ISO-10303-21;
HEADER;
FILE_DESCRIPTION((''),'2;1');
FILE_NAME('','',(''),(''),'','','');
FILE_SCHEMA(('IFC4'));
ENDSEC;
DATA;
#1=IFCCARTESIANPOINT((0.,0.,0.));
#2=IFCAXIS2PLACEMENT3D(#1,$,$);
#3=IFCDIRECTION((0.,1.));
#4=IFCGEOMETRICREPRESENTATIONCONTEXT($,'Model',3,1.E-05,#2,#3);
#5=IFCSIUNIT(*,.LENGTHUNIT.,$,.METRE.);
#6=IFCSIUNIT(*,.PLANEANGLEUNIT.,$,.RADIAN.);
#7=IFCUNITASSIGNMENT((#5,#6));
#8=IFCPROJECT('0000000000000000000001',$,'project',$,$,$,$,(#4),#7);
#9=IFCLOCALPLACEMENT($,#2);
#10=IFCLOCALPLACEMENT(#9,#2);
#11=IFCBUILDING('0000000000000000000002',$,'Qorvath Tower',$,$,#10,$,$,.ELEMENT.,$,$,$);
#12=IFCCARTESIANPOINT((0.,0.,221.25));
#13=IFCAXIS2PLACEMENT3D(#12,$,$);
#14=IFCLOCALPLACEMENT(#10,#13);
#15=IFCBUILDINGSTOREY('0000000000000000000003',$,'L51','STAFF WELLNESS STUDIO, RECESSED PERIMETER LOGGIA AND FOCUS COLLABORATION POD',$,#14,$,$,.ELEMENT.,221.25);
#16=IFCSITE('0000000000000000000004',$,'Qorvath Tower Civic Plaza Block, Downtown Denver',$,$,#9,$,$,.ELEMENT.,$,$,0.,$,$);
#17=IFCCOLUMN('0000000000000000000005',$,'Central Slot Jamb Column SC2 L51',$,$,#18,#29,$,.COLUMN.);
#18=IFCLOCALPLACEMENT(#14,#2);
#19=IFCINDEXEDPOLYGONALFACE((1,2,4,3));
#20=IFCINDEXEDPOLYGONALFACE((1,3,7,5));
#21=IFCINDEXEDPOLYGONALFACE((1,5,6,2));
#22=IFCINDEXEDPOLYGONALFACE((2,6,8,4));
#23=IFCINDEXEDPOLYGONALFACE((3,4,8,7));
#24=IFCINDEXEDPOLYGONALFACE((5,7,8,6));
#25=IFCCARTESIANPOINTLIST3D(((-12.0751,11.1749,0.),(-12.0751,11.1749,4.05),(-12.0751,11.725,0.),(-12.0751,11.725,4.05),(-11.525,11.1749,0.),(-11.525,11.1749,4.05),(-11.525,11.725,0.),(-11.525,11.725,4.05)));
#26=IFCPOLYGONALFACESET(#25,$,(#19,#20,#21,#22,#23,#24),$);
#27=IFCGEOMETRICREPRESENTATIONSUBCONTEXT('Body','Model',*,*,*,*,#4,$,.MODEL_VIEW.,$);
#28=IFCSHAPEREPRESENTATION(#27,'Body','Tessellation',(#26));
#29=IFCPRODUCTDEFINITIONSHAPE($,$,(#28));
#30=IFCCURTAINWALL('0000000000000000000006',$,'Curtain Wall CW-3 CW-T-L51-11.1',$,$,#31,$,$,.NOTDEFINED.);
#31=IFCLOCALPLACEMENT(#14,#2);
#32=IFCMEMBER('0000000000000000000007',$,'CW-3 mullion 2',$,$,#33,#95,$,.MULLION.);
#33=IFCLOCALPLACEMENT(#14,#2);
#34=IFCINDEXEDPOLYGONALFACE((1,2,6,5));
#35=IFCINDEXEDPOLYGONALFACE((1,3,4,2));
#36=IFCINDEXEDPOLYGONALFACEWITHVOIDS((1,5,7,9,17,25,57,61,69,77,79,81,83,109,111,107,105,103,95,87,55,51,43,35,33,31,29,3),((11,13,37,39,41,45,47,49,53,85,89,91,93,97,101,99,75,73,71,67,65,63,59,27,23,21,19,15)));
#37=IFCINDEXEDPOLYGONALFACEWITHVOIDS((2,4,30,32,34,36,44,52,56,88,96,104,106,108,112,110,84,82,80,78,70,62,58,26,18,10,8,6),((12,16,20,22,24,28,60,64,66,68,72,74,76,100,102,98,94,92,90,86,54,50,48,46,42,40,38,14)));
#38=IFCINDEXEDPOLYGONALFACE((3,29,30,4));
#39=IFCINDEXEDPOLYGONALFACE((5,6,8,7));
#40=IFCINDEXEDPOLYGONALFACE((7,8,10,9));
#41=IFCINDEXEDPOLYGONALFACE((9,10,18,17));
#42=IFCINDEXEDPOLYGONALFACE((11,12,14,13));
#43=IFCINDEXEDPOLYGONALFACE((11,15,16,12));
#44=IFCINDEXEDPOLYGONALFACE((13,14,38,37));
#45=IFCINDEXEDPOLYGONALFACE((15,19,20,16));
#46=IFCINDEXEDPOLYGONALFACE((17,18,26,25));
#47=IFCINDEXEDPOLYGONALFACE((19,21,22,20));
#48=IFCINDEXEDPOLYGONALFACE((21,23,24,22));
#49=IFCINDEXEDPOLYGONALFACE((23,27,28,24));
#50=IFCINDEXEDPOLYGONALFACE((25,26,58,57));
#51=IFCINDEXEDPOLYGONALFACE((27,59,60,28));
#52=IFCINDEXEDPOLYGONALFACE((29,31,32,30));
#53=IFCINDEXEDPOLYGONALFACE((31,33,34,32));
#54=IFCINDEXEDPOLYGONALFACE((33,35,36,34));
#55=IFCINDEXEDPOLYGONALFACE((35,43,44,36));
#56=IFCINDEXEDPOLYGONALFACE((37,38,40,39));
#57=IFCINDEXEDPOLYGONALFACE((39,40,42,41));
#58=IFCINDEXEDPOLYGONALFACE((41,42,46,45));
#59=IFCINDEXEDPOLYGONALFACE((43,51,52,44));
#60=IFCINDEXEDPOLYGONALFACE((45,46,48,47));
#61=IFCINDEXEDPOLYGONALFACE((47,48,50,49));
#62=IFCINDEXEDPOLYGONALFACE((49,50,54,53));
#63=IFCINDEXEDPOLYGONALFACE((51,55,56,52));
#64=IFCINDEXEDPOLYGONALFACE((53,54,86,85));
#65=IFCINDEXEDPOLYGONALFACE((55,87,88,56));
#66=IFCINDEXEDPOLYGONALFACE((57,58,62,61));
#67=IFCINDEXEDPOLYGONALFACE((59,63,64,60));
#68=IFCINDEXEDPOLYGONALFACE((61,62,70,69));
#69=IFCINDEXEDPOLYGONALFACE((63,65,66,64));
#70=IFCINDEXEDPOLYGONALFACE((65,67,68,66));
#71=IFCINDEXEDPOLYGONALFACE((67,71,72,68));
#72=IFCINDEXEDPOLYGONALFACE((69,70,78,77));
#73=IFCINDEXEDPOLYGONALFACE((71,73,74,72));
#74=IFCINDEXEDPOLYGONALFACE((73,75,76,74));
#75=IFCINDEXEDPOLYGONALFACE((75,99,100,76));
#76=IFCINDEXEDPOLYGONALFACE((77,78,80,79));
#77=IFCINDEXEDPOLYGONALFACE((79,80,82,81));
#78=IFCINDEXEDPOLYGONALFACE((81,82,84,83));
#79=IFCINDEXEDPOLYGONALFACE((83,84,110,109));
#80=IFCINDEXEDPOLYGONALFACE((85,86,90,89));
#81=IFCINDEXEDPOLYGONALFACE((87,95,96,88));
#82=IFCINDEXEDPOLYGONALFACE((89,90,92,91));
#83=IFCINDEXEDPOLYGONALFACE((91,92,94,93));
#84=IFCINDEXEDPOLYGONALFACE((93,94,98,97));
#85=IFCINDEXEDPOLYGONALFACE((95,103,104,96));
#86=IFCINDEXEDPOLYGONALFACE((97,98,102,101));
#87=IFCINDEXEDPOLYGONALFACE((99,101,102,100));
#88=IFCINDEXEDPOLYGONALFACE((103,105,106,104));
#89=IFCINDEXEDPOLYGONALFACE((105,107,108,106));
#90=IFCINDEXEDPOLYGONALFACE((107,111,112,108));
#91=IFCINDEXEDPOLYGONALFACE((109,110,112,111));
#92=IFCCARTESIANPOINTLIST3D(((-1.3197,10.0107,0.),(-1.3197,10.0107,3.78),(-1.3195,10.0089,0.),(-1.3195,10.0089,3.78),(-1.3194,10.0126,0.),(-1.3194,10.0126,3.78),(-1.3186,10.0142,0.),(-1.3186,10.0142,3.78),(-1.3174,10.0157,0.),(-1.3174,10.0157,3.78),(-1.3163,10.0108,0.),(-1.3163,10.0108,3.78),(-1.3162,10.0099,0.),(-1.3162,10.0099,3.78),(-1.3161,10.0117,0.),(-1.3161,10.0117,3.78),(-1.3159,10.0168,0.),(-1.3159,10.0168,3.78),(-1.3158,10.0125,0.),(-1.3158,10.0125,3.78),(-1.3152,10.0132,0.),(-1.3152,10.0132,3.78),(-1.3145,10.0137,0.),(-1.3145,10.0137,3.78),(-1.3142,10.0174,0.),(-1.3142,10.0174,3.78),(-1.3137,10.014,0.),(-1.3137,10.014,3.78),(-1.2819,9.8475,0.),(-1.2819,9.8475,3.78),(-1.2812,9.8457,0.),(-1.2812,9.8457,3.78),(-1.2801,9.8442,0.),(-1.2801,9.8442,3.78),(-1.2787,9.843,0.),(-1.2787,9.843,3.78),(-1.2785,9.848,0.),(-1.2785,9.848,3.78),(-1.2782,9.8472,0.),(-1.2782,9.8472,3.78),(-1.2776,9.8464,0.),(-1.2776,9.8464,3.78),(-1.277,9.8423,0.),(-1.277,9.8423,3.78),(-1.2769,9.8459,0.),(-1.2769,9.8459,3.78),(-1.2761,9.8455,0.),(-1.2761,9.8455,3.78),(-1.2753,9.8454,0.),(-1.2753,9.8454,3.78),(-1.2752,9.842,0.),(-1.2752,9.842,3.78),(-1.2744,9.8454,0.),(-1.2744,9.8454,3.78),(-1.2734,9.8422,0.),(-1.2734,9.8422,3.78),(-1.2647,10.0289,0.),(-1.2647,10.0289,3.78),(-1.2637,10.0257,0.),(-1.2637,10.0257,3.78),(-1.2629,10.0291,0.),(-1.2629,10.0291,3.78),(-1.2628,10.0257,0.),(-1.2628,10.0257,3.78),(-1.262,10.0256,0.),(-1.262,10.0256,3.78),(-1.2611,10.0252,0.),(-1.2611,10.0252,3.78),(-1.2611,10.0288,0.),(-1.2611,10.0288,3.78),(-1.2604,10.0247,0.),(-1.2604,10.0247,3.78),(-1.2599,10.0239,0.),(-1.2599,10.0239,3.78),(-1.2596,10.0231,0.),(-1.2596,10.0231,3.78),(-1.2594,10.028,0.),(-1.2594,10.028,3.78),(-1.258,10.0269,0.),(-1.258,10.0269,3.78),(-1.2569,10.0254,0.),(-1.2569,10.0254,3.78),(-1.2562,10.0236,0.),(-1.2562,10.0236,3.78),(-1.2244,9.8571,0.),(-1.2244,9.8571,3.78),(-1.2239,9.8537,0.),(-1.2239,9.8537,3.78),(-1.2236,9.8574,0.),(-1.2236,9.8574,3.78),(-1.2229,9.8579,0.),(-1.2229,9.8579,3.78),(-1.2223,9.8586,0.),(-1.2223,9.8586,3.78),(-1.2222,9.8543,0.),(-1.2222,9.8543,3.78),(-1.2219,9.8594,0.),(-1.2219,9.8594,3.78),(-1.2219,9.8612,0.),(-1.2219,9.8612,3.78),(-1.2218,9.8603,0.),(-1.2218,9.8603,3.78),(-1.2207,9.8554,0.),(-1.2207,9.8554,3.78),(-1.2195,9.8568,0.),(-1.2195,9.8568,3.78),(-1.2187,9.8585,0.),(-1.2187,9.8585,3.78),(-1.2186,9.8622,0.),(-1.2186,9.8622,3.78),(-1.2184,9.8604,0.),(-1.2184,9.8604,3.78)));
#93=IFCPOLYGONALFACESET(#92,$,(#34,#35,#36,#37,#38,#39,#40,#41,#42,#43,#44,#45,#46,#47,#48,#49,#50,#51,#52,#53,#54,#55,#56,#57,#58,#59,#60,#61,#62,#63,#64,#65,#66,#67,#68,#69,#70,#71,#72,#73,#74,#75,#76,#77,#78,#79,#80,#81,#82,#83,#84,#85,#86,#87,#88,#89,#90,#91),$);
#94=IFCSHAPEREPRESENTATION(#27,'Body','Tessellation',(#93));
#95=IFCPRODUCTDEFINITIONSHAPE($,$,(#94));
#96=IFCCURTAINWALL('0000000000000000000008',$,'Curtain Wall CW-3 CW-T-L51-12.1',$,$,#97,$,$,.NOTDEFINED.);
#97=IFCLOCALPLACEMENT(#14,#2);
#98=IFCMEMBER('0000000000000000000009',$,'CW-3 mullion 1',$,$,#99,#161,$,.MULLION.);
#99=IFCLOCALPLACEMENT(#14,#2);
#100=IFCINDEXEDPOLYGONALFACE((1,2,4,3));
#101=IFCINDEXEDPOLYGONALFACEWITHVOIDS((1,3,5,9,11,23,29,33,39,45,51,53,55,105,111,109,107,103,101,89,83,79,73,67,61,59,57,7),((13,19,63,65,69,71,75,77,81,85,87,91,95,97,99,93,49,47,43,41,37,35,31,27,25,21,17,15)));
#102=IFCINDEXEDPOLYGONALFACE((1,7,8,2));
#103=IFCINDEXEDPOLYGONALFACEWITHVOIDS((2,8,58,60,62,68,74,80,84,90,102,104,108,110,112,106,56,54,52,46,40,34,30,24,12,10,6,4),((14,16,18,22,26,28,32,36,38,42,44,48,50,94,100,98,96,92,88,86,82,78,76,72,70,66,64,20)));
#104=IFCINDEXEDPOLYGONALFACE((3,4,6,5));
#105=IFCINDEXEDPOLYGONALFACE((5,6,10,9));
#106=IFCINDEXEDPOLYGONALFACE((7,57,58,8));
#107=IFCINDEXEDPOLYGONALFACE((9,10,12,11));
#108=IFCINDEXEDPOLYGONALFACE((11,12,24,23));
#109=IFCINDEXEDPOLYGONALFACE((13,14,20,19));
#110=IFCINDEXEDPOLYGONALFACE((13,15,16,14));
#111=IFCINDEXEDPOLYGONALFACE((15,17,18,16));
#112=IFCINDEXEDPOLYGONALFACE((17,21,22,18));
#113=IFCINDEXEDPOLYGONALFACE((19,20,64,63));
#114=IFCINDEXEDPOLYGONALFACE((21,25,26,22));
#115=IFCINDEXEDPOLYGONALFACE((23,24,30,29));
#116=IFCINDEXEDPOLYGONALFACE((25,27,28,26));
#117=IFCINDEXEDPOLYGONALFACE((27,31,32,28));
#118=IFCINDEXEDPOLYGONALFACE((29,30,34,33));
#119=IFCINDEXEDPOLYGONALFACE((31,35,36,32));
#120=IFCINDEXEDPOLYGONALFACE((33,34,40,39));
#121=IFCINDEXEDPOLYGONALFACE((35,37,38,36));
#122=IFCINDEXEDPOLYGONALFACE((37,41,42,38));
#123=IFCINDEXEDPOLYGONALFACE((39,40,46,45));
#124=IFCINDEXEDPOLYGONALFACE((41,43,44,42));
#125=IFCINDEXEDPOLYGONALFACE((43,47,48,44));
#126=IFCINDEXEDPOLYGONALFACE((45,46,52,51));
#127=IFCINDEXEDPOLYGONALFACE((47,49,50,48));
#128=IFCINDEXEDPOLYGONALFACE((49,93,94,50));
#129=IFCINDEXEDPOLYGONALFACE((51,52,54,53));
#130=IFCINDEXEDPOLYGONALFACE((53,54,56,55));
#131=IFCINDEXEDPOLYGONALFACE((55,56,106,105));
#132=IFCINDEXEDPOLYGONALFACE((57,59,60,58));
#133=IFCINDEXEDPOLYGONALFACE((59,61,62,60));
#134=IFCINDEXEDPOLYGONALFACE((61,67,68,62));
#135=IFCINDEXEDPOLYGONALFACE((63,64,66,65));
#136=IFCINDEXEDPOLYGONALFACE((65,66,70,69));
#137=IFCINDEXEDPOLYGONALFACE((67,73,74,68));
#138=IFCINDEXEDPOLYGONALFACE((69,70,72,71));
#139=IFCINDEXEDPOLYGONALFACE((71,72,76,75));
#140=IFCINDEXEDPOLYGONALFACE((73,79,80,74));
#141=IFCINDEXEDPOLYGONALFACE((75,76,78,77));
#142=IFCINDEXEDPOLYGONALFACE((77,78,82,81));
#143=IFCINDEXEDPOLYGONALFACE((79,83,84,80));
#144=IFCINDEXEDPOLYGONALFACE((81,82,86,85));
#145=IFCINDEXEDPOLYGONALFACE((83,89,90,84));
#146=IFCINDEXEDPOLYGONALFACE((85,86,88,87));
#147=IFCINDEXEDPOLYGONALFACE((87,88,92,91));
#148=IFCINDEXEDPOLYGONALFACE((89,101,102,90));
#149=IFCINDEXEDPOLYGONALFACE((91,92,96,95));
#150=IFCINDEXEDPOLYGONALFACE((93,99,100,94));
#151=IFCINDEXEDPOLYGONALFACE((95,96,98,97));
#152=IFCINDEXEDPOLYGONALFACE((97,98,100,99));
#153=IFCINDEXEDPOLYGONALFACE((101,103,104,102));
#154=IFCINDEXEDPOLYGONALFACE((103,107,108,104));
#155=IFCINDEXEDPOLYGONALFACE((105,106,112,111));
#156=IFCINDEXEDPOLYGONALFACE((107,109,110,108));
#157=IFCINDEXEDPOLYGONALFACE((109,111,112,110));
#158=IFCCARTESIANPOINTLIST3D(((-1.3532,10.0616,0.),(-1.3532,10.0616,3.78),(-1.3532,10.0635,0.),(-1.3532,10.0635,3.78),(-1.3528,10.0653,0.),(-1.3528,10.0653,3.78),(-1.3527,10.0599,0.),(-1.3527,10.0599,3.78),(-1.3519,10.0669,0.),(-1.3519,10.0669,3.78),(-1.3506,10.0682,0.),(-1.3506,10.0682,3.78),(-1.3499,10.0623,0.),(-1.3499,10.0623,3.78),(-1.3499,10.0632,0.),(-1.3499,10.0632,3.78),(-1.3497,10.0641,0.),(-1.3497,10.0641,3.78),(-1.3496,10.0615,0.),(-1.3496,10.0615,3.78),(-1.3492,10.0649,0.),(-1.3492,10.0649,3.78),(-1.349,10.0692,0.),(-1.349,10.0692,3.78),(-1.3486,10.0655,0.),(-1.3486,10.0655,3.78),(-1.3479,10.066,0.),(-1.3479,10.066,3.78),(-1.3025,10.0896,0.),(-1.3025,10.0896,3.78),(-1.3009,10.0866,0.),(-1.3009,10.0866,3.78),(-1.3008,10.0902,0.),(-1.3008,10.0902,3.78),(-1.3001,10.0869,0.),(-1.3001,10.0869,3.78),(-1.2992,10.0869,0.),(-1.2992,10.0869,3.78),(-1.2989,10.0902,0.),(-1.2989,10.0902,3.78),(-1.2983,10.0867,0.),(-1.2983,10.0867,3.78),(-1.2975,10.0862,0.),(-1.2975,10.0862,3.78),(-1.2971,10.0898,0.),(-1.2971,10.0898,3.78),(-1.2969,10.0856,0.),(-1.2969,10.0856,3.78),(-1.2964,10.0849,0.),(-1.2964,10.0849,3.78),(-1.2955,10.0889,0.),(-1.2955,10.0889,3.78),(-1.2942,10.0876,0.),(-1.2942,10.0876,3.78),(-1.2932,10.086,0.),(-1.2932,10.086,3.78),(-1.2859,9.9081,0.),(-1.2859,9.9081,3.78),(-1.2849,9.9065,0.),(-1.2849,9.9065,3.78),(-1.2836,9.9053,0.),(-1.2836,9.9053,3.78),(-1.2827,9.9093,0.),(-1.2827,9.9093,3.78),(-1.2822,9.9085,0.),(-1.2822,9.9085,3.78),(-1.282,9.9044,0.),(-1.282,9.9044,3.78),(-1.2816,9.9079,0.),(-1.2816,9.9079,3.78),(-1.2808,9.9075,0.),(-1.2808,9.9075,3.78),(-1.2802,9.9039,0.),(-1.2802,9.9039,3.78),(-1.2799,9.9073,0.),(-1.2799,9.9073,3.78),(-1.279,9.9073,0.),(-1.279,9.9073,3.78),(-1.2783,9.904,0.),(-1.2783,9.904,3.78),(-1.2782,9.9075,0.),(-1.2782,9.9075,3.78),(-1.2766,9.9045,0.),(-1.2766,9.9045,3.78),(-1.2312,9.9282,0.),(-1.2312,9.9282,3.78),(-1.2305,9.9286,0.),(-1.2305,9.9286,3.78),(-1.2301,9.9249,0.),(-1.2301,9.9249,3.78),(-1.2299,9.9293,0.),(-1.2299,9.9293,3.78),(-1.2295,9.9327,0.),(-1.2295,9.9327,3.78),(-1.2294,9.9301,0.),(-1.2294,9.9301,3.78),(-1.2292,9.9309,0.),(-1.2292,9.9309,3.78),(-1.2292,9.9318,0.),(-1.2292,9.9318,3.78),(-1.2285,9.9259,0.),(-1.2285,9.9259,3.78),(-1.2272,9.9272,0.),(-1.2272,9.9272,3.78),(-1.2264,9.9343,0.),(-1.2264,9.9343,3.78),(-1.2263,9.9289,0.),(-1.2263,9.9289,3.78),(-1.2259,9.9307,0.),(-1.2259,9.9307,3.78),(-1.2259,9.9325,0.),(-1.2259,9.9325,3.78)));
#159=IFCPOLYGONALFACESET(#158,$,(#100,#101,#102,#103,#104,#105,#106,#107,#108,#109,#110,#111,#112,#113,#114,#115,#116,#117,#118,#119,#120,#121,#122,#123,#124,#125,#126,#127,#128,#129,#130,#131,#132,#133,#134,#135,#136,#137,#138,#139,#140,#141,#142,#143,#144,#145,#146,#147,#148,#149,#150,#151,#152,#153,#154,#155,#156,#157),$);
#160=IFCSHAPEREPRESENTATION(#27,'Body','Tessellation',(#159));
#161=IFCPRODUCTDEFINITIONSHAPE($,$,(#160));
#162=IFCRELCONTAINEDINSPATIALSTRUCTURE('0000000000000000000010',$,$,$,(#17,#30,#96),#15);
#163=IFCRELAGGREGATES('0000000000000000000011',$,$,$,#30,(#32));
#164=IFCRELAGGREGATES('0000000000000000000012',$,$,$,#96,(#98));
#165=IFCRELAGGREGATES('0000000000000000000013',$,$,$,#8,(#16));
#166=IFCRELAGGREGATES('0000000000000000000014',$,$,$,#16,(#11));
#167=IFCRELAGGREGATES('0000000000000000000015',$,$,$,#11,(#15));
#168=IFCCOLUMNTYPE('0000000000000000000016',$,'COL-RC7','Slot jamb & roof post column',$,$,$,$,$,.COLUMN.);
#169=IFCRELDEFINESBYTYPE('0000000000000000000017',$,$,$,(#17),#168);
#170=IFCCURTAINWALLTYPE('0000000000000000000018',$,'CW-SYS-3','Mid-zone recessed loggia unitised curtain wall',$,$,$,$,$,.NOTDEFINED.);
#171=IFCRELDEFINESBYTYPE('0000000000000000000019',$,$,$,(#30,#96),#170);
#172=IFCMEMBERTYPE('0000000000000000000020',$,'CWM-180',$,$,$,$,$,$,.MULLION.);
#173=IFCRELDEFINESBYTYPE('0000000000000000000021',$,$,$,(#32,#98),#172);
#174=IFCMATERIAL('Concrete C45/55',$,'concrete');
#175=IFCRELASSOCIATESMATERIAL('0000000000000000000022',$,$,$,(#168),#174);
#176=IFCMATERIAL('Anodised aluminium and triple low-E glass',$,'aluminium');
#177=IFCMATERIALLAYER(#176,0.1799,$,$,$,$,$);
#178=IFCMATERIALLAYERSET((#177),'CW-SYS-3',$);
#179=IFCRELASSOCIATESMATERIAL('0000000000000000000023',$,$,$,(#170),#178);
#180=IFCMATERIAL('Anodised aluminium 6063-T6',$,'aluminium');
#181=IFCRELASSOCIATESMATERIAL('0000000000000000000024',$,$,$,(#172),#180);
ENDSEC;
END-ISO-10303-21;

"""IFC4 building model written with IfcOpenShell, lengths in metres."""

from ifc_helpers import new_model, si_unit, direction, frame, origin, origin_2d, place, context, subcontext, project, spatial, rectangle, hollow_rectangle, extrude, material, layer, layer_set, material_profile, profile_set, type_object, element, aggregate, save


model = new_model("IFC4")

# Units and contexts
model_context = context("Model", 3, precision=1e-05, world=origin(), true_north=direction((0.0, 1.0)))
body_context = subcontext(model_context, "Body", "Model", "MODEL_VIEW")
ifc_project = project(units=[si_unit("LENGTHUNIT", "METRE"), si_unit("PLANEANGLEUNIT", "RADIAN")], contexts=[model_context])

# Site, building, storey
site_placement = place(None, origin())
site = spatial("IfcSite", under=ifc_project, at=site_placement, Name="Qorvath Tower Civic Plaza Block, Downtown Denver", CompositionType="ELEMENT", RefElevation=0.0)
building_placement = place(site_placement, origin())
building = spatial("IfcBuilding", under=site, at=building_placement, Name="Qorvath Tower", CompositionType="ELEMENT")
storey_placement = place(building_placement, frame((0.0, 0.0, 221.25)))
storey = spatial("IfcBuildingStorey", under=building, at=storey_placement, Name="L51", Description="STAFF WELLNESS STUDIO, RECESSED PERIMETER LOGGIA AND FOCUS COLLABORATION POD", CompositionType="ELEMENT", Elevation=221.25)

# Column
ifc_material_1 = material(Name="Concrete C45/55", Category="concrete")
ifc_material_profile_1 = material_profile(ifc_material_1, rectangle(XDim=0.55, YDim=0.55, at=origin_2d()), Name="RC 550x550")
ifc_profile_set_1 = profile_set([ifc_material_profile_1], Name="Concrete C45/55")
column_type = type_object("IfcColumnType", Name="COL-RC7", Description="Slot jamb & roof post column", PredefinedType="COLUMN", material=ifc_profile_set_1)
column_placement = place(storey_placement, frame((-11.8, 11.45, 0.0), z_axis=(0.0, 0.0, 1.0), x_axis=(1.0, 0.0, 0.0)))
element("IfcColumn", 1, at=column_placement, inside=storey, type_object=column_type, Name="Central Slot Jamb Column SC2 L51", PredefinedType="COLUMN", context=body_context, shape_type="SweptSolid", body=[
    extrude(rectangle(XDim=0.55, YDim=0.55, at=origin_2d()), origin(), (0.0, 0.0, 1.0), 4.05),
])

# Curtain wall, member
ifc_material_2 = material(Name="Anodised aluminium and triple low-E glass", Category="aluminium")
ifc_layer_1 = layer(ifc_material_2, 0.1799)
ifc_layer_set_1 = layer_set([ifc_layer_1], Name="CW-SYS-3")
curtain_wall_type = type_object("IfcCurtainWallType", Name="CW-SYS-3", Description="Mid-zone recessed loggia unitised curtain wall", PredefinedType="NOTDEFINED", material=ifc_layer_set_1)
curtain_wall_1_placement = place(storey_placement, origin())
curtain_wall_1 = element("IfcCurtainWall", 2, at=curtain_wall_1_placement, inside=storey, type_object=curtain_wall_type, Name="Curtain Wall CW-3 CW-T-L51-11.1", PredefinedType="NOTDEFINED")
ifc_material_3 = material(Name="Anodised aluminium 6063-T6", Category="aluminium")
ifc_material_profile_2 = material_profile(ifc_material_3, hollow_rectangle(XDim=0.0649, YDim=0.1799, WallThickness=0.0034, InnerFilletRadius=0.0034, OuterFilletRadius=0.0071, at=origin_2d()), Name="CWM 180x65")
ifc_profile_set_2 = profile_set([ifc_material_profile_2], Name="Anodised aluminium 6063-T6")
member_type_1 = type_object("IfcMemberType", Name="CWM-180", PredefinedType="MULLION", material=ifc_profile_set_2)
member_1_placement = place(storey_placement, frame((-1.269, 9.9355, 0.0), z_axis=(0.0, 0.0, 1.0), x_axis=(-0.973908, -0.226944, 0.0)))
member_1 = element("IfcMember", 3, at=member_1_placement, type_object=member_type_1, Name="CW-3 mullion 2", PredefinedType="MULLION", context=body_context, shape_type="SweptSolid", body=[
    extrude(hollow_rectangle(XDim=0.0649, YDim=0.1799, WallThickness=0.0034, InnerFilletRadius=0.0034, OuterFilletRadius=0.0071, at=origin_2d()), origin(), (0.0, 0.0, 1.0), 3.78),
])

# Curtain wall, member
curtain_wall_2_placement = place(storey_placement, origin())
curtain_wall_2 = element("IfcCurtainWall", 4, at=curtain_wall_2_placement, inside=storey, type_object=curtain_wall_type, Name="Curtain Wall CW-3 CW-T-L51-12.1", PredefinedType="NOTDEFINED")
member_2_placement = place(storey_placement, frame((-1.2896, 9.9971, 0.0), z_axis=(0.0, 0.0, 1.0), x_axis=(-0.915321, -0.402725, 0.0)))
member_2 = element("IfcMember", 5, at=member_2_placement, type_object=member_type_1, Name="CW-3 mullion 1", PredefinedType="MULLION", context=body_context, shape_type="SweptSolid", body=[
    extrude(hollow_rectangle(XDim=0.0649, YDim=0.1799, WallThickness=0.0034, InnerFilletRadius=0.0034, OuterFilletRadius=0.0071, at=origin_2d()), origin(), (0.0, 0.0, 1.0), 3.78),
])

aggregate(curtain_wall_1, [member_1])
aggregate(curtain_wall_2, [member_2])

save(model, "model.ifc")
